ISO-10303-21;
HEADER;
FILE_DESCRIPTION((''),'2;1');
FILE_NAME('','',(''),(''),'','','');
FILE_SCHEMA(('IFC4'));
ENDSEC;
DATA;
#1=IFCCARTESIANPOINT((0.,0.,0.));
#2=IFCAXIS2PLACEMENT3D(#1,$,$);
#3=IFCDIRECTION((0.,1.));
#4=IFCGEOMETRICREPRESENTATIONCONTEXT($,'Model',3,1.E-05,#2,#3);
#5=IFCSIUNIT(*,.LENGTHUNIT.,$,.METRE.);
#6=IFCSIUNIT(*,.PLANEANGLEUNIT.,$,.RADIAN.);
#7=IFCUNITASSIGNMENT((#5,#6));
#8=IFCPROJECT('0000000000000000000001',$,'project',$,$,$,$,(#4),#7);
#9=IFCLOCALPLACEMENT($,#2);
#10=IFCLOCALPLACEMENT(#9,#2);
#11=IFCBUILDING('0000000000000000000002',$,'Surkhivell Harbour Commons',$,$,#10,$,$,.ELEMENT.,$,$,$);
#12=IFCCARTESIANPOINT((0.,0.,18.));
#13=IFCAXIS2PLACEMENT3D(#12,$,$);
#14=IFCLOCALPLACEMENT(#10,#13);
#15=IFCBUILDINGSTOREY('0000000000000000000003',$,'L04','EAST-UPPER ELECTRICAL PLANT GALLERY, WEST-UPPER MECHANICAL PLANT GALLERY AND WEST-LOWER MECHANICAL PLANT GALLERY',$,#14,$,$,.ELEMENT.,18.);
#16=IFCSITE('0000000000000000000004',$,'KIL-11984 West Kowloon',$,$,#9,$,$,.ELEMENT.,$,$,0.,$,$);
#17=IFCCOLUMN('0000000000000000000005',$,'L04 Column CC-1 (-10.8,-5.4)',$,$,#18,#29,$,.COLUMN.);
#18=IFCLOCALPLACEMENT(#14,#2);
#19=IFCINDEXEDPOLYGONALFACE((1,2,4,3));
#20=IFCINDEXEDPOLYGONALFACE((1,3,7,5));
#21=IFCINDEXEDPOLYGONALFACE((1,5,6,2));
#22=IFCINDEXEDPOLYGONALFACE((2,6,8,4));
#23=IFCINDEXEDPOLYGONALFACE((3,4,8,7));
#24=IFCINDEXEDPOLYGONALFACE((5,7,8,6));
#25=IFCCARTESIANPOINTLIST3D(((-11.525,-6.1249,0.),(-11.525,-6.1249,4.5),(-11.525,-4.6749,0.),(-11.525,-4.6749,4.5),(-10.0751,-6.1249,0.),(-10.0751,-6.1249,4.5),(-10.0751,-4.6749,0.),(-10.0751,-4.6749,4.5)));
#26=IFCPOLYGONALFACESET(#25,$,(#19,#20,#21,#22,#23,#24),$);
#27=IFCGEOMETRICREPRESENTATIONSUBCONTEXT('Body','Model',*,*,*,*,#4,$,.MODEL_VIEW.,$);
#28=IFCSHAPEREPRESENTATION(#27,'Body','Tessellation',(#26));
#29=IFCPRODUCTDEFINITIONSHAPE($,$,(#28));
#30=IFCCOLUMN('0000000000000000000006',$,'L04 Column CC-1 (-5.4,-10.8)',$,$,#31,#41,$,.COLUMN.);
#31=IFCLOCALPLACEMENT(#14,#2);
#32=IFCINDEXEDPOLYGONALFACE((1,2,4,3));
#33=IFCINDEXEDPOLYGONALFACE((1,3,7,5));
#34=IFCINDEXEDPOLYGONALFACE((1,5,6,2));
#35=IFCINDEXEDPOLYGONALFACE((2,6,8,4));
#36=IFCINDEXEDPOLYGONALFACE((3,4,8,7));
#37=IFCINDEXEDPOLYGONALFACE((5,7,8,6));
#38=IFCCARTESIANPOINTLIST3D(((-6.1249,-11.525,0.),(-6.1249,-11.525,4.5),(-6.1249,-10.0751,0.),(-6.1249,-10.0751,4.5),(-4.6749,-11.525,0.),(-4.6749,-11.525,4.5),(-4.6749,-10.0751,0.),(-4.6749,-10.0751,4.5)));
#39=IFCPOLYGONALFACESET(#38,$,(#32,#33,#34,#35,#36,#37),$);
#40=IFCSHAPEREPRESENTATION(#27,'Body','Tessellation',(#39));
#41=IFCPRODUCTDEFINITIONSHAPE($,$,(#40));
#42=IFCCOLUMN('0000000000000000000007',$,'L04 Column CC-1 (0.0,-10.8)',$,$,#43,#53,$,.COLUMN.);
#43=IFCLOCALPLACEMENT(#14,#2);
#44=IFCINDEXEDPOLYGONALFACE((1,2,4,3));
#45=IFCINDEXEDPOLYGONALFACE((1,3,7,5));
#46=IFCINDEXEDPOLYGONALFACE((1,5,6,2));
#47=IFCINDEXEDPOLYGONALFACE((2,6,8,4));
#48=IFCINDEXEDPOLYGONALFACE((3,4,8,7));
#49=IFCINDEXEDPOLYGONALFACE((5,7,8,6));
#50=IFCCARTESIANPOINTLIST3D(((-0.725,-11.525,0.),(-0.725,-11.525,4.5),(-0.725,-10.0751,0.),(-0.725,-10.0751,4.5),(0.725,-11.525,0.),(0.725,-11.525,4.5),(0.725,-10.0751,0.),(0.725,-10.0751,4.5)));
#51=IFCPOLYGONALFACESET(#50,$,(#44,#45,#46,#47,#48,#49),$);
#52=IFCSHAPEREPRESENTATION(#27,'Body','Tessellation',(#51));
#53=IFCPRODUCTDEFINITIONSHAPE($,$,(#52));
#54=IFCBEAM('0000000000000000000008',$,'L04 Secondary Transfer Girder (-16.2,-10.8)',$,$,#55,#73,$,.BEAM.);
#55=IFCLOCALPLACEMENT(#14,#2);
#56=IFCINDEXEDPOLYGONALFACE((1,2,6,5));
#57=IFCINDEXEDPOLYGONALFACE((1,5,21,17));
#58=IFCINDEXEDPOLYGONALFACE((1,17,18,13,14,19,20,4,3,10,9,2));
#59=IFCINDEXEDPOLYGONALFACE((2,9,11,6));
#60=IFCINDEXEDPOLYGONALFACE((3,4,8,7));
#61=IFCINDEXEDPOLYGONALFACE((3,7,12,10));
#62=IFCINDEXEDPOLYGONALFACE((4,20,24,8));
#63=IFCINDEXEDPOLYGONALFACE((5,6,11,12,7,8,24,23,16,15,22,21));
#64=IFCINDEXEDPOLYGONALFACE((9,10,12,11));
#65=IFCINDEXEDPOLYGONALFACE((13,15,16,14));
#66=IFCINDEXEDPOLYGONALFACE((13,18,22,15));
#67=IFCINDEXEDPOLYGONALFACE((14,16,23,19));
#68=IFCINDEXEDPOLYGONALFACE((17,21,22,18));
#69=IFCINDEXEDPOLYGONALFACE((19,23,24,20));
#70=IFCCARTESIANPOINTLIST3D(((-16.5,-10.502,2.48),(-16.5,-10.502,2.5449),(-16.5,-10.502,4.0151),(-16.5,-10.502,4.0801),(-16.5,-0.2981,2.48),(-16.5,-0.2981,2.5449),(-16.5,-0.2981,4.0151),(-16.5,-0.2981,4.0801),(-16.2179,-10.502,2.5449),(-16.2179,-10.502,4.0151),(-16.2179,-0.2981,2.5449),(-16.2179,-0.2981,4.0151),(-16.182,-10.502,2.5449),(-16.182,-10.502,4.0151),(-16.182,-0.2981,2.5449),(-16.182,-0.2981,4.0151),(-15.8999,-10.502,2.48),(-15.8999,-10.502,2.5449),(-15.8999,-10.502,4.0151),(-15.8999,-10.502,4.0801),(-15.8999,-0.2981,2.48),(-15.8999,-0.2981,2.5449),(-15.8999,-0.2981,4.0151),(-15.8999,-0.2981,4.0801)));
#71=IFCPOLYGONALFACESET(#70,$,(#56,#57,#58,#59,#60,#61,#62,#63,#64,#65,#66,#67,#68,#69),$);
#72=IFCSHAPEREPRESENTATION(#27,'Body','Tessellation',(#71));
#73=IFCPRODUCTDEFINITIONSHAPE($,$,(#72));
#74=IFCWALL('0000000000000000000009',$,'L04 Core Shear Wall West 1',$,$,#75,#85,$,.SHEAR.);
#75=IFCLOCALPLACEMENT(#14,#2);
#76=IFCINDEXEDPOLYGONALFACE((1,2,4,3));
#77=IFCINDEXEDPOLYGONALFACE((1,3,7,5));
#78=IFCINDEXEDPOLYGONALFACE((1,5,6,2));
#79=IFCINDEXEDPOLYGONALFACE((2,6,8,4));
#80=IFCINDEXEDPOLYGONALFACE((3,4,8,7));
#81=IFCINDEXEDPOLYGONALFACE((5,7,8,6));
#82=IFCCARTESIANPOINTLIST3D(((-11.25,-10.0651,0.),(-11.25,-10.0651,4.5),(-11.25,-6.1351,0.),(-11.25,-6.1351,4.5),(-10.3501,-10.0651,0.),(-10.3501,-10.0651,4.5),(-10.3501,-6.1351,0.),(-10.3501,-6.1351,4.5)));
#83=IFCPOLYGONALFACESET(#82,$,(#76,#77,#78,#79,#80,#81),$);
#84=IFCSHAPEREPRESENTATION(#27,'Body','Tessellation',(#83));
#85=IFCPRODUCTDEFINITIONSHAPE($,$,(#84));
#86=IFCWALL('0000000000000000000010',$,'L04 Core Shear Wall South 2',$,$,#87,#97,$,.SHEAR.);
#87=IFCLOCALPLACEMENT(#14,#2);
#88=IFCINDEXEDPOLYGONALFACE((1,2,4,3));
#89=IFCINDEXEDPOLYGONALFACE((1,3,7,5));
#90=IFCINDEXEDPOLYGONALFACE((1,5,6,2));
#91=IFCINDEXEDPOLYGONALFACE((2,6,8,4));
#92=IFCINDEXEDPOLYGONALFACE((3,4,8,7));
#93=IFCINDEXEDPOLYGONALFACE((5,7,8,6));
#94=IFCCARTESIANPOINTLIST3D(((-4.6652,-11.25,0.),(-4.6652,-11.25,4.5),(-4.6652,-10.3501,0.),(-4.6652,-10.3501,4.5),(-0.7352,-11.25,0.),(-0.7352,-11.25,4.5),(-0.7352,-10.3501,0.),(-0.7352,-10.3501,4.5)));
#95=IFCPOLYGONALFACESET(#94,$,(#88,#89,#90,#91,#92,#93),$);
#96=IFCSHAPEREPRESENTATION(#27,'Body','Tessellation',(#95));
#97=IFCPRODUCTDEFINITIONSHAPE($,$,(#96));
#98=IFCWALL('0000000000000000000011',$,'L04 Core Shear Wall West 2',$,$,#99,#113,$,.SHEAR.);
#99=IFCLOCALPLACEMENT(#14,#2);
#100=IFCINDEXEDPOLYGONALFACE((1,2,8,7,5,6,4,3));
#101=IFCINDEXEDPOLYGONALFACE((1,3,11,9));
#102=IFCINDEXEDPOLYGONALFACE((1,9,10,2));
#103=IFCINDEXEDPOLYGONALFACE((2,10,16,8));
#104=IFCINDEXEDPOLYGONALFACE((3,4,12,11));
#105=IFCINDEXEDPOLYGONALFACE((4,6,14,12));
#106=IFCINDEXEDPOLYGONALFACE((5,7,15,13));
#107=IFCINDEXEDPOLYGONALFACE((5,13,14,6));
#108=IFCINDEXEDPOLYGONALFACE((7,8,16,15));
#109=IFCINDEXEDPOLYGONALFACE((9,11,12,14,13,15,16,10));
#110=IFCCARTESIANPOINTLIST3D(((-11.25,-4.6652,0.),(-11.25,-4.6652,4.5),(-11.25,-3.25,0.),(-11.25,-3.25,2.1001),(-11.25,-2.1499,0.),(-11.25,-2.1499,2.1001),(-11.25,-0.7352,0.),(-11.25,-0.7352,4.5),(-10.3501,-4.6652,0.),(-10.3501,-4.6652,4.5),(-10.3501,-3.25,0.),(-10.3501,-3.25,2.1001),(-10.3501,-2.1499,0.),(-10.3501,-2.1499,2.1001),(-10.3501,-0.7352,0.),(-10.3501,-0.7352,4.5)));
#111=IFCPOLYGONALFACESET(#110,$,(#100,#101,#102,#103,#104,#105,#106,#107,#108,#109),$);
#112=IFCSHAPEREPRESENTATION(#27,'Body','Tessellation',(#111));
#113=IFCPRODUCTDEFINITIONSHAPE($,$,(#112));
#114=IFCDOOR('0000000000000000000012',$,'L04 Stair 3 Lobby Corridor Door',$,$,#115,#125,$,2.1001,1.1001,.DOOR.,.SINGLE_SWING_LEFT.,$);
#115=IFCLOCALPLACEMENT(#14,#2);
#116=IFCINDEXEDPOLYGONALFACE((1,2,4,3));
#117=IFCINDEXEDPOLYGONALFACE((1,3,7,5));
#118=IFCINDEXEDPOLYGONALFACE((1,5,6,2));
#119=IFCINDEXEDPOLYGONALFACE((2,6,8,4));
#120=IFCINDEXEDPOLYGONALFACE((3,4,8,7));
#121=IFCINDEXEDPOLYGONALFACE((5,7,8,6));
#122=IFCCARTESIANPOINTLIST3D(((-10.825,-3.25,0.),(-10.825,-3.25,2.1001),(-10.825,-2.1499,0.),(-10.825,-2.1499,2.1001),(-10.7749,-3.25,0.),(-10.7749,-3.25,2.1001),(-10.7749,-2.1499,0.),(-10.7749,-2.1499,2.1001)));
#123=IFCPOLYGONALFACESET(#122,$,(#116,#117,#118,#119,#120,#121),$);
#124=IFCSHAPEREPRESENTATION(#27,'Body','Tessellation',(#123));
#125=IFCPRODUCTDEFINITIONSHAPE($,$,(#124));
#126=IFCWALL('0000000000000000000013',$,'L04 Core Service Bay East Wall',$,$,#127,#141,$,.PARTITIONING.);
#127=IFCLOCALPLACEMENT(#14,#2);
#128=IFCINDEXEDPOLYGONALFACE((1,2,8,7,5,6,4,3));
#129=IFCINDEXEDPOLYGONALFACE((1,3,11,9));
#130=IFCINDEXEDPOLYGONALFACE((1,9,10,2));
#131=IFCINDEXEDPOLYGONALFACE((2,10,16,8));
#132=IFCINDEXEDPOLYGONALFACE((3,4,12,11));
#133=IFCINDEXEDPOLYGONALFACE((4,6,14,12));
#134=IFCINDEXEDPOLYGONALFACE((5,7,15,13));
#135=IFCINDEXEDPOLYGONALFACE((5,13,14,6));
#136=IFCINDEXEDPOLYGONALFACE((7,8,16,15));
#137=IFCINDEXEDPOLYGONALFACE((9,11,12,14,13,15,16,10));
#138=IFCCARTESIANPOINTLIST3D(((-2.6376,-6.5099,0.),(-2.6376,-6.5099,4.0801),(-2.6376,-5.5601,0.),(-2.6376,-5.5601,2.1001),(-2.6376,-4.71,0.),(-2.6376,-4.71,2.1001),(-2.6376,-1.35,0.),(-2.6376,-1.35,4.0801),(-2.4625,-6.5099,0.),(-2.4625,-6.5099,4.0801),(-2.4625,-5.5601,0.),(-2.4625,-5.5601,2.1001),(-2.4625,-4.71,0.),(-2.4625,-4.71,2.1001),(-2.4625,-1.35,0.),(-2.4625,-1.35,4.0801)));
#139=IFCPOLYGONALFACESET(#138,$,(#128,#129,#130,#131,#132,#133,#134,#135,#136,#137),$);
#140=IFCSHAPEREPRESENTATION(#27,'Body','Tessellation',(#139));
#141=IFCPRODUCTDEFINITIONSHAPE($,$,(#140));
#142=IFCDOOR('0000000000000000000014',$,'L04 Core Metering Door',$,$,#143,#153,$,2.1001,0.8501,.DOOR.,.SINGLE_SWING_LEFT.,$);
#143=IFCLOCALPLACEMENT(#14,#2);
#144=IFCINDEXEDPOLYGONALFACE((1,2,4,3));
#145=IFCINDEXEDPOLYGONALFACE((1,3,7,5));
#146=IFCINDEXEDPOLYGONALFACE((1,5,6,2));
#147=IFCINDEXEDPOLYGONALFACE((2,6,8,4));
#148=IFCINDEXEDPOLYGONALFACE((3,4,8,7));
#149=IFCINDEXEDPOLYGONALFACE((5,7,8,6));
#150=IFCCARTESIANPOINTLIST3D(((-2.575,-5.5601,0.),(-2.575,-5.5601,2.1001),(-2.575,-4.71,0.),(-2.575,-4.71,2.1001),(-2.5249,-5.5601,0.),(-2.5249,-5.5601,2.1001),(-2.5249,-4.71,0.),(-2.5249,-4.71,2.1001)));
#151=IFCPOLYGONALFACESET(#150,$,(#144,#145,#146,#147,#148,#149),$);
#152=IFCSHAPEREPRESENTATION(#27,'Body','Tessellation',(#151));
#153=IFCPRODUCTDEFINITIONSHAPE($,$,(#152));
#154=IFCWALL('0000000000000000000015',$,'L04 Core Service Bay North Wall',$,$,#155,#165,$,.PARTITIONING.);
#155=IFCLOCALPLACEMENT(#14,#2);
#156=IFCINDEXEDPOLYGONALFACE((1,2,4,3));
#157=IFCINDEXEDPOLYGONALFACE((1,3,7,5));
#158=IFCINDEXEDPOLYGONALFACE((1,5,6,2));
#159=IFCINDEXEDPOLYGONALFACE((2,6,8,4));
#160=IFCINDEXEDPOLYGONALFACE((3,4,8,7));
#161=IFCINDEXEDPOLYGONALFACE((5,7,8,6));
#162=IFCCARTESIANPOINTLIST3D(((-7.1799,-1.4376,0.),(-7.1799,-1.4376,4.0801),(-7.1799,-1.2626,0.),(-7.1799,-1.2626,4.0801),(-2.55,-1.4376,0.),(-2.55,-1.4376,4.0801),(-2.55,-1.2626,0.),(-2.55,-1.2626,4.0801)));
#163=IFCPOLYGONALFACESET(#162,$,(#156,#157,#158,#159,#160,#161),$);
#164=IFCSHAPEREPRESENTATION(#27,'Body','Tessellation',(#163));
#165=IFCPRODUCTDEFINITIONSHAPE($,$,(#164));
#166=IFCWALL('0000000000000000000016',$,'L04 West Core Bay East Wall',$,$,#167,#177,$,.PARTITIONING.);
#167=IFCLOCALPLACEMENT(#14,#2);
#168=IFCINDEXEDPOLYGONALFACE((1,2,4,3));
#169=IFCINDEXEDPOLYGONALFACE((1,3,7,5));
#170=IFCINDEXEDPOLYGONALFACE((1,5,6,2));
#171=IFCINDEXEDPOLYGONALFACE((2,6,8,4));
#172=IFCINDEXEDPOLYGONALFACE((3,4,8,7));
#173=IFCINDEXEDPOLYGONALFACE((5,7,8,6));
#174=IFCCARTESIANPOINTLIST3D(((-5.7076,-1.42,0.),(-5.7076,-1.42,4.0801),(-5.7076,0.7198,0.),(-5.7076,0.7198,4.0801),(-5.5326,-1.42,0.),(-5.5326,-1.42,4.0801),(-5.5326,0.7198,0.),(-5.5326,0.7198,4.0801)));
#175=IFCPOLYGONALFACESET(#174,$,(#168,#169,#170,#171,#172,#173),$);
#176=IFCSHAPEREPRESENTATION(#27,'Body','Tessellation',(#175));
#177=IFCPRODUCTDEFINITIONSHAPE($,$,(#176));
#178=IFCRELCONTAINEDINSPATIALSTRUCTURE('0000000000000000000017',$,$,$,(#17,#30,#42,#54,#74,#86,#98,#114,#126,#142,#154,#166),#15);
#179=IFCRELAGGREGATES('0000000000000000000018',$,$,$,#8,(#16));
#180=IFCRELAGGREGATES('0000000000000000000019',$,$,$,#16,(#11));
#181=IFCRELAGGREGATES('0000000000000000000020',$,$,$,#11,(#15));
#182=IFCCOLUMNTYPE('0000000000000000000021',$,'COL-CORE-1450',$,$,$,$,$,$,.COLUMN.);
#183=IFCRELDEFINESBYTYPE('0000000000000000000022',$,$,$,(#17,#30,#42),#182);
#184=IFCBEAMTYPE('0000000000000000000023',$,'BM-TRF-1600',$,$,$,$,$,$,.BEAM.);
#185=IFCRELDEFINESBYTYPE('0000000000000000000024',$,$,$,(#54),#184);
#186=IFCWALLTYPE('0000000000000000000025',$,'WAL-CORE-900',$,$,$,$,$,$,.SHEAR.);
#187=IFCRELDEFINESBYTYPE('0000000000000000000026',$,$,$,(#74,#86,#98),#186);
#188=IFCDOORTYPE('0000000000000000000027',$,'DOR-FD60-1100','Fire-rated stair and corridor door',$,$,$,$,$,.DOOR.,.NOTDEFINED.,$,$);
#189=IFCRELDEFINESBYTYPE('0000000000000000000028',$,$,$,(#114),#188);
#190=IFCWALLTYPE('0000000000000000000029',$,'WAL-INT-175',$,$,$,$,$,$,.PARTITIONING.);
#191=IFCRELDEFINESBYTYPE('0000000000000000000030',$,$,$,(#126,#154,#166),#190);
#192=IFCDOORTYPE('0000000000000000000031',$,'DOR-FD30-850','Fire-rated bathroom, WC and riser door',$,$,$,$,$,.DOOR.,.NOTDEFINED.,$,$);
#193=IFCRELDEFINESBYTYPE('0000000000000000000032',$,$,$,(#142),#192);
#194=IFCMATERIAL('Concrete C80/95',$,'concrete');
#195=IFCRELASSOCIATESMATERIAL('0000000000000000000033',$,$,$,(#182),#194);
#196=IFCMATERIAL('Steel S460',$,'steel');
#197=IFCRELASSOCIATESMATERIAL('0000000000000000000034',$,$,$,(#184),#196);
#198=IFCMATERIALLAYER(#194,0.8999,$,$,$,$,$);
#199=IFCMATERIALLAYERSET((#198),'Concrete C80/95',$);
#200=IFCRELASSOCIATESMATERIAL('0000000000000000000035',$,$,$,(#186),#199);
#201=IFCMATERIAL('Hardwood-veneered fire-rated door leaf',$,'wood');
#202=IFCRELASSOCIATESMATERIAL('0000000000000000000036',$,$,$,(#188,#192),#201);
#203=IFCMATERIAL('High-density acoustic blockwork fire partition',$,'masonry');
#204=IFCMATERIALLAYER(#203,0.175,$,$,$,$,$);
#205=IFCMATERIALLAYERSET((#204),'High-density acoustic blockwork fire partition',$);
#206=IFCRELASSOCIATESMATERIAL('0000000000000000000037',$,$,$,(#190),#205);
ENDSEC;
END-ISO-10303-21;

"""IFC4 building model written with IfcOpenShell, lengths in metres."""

from ifc_helpers import new_model, si_unit, direction, frame, frame_2d, origin, origin_2d, place, context, subcontext, project, spatial, rectangle, i_section, extrude, material, layer, layer_set, material_profile, profile_set, type_object, element, fill, save


model = new_model("IFC4")

# Units and contexts
model_context = context("Model", 3, precision=1e-05, world=origin(), true_north=direction((0.0, 1.0)))
body_context = subcontext(model_context, "Body", "Model", "MODEL_VIEW")
ifc_project = project(units=[si_unit("LENGTHUNIT", "METRE"), si_unit("PLANEANGLEUNIT", "RADIAN")], contexts=[model_context])

# Site, building, storey
site_placement = place(None, origin())
site = spatial("IfcSite", under=ifc_project, at=site_placement, Name="KIL-11984 West Kowloon", CompositionType="ELEMENT", RefElevation=0.0)
building_placement = place(site_placement, origin())
building = spatial("IfcBuilding", under=site, at=building_placement, Name="Surkhivell Harbour Commons", CompositionType="ELEMENT")
storey_placement = place(building_placement, frame((0.0, 0.0, 18.0)))
storey = spatial("IfcBuildingStorey", under=building, at=storey_placement, Name="L04", Description="EAST-UPPER ELECTRICAL PLANT GALLERY, WEST-UPPER MECHANICAL PLANT GALLERY AND WEST-LOWER MECHANICAL PLANT GALLERY", CompositionType="ELEMENT", Elevation=18.0)

# Columns
ifc_material_1 = material(Name="Concrete C80/95", Category="concrete")
ifc_material_profile_1 = material_profile(ifc_material_1, rectangle(XDim=1.45, YDim=1.45, at=origin_2d()), Name="RC-COL-1450x1450")
ifc_profile_set_1 = profile_set([ifc_material_profile_1], Name="Concrete C80/95")
column_type = type_object("IfcColumnType", Name="COL-CORE-1450", PredefinedType="COLUMN", material=ifc_profile_set_1)
for number, where, z_axis, x_axis, name in (
    (1, (-10.8, -5.3999, 0.0), (0.0, 0.0, 1.0), (1.0, 0.0, 0.0), "L04 Column CC-1 (-10.8,-5.4)"),
    (2, (-5.3999, -10.8, 0.0), (0.0, 0.0, 1.0), (1.0, 0.0, 0.0), "L04 Column CC-1 (-5.4,-10.8)"),
    (3, (0.0, -10.8, 0.0), (0.0, 0.0, 1.0), (1.0, 0.0, 0.0), "L04 Column CC-1 (0.0,-10.8)"),
):
    element("IfcColumn", number, at=place(storey_placement, frame(where, z_axis=z_axis, x_axis=x_axis)), inside=storey, type_object=column_type, Name=name, PredefinedType="COLUMN", context=body_context, shape_type="SweptSolid", body=[
        extrude(rectangle(XDim=1.45, YDim=1.45, at=origin_2d()), origin(), (0.0, 0.0, 1.0), 4.5),
    ])

# Beam
ifc_material_2 = material(Name="Steel S460", Category="steel")
ifc_material_profile_2 = material_profile(ifc_material_2, i_section(OverallWidth=0.6001, OverallDepth=1.6001, WebThickness=0.0359, FlangeThickness=0.0649, at=origin_2d()), Name="WPG1600x600x296")
ifc_profile_set_2 = profile_set([ifc_material_profile_2], Name="Steel S460")
beam_type = type_object("IfcBeamType", Name="BM-TRF-1600", PredefinedType="BEAM", material=ifc_profile_set_2)
beam_placement = place(storey_placement, frame((-16.2, -10.502, 3.28), z_axis=(0.0, 1.0, 0.0), x_axis=(-1.0, 0.0, 0.0)))
element("IfcBeam", 4, at=beam_placement, inside=storey, type_object=beam_type, Name="L04 Secondary Transfer Girder (-16.2,-10.8)", PredefinedType="BEAM", context=body_context, shape_type="SweptSolid", body=[
    extrude(i_section(OverallWidth=0.6001, OverallDepth=1.6001, WebThickness=0.0359, FlangeThickness=0.0649, at=origin_2d()), origin(), (0.0, 0.0, 1.0), 10.2039),
])

# Walls
ifc_layer_1 = layer(ifc_material_1, 0.8999)
ifc_layer_set_1 = layer_set([ifc_layer_1], Name="Concrete C80/95")
wall_type_1 = type_object("IfcWallType", Name="WAL-CORE-900", PredefinedType="SHEAR", material=ifc_layer_set_1)
for number, where, z_axis, x_axis, name in (
    (5, (-10.8, -10.0649, 0.0), (0.0, 0.0, 1.0), (0.0, 1.0, 0.0), "L04 Core Shear Wall West 1"),
    (6, (-4.665, -10.8, 0.0), (0.0, 0.0, 1.0), (1.0, 0.0, 0.0), "L04 Core Shear Wall South 2"),
):
    element("IfcWall", number, at=place(storey_placement, frame(where, z_axis=z_axis, x_axis=x_axis)), inside=storey, type_object=wall_type_1, Name=name, PredefinedType="SHEAR", context=body_context, shape_type="SweptSolid", body=[
        extrude(rectangle(XDim=3.9299, YDim=0.8999, at=frame_2d((1.9648, 0.0))), origin(), (0.0, 0.0, 1.0), 4.5),
    ])

# Walls, openings, doors
wall_1_placement = place(storey_placement, frame((-10.8, -4.665, 0.0), z_axis=(0.0, 0.0, 1.0), x_axis=(0.0, 1.0, 0.0)))
wall_1 = element("IfcWall", 7, at=wall_1_placement, inside=storey, type_object=wall_type_1, Name="L04 Core Shear Wall West 2", PredefinedType="SHEAR", context=body_context, shape_type="SweptSolid", body=[
    extrude(rectangle(XDim=3.9299, YDim=0.8999, at=frame_2d((1.9648, 0.0))), origin(), (0.0, 0.0, 1.0), 4.5),
])
opening_1_placement = place(wall_1_placement, frame((1.415, 0.0, 0.0)))
opening_1 = element("IfcOpeningElement", 8, at=opening_1_placement, cuts=wall_1, PredefinedType="OPENING", context=body_context, shape_type="SweptSolid", body=[
    extrude(rectangle(XDim=1.1001, YDim=2.1001, at=frame_2d((0.55, 1.05))), frame((0.0, 0.46, 0.0), z_axis=(0.0, -1.0, 0.0), x_axis=(1.0, 0.0, 0.0)), (0.0, 0.0, 1.0), 0.9199),
])
ifc_material_3 = material(Name="Hardwood-veneered fire-rated door leaf", Category="wood")
door_type_1 = type_object("IfcDoorType", Name="DOR-FD60-1100", Description="Fire-rated stair and corridor door", OperationType="NOTDEFINED", PredefinedType="DOOR", material=ifc_material_3)
door_1_placement = place(opening_1_placement, origin())
door_1 = element("IfcDoor", 9, at=door_1_placement, inside=storey, type_object=door_type_1, Name="L04 Stair 3 Lobby Corridor Door", OperationType="SINGLE_SWING_LEFT", OverallHeight=2.1001, OverallWidth=1.1001, PredefinedType="DOOR", context=body_context, shape_type="SweptSolid", body=[
    extrude(rectangle(XDim=1.1001, YDim=2.1001, at=frame_2d((0.55, 1.05))), frame((0.0, 0.0249, 0.0), z_axis=(0.0, -1.0, 0.0), x_axis=(1.0, 0.0, 0.0)), (0.0, 0.0, 1.0), 0.05),
])
fill(opening_1, door_1)
ifc_material_4 = material(Name="High-density acoustic blockwork fire partition", Category="masonry")
ifc_layer_2 = layer(ifc_material_4, 0.175)
ifc_layer_set_2 = layer_set([ifc_layer_2], Name="High-density acoustic blockwork fire partition")
wall_type_2 = type_object("IfcWallType", Name="WAL-INT-175", PredefinedType="PARTITIONING", material=ifc_layer_set_2)
wall_2_placement = place(storey_placement, frame((-2.55, -6.51, 0.0), z_axis=(0.0, 0.0, 1.0), x_axis=(0.0, 1.0, 0.0)))
wall_2 = element("IfcWall", 10, at=wall_2_placement, inside=storey, type_object=wall_type_2, Name="L04 Core Service Bay East Wall", PredefinedType="PARTITIONING", context=body_context, shape_type="SweptSolid", body=[
    extrude(rectangle(XDim=5.1599, YDim=0.175, at=frame_2d((2.5801, 0.0))), origin(), (0.0, 0.0, 1.0), 4.0801),
])
opening_2_placement = place(wall_2_placement, frame((0.95, 0.0, 0.0)))
opening_2 = element("IfcOpeningElement", 11, at=opening_2_placement, cuts=wall_2, PredefinedType="OPENING", context=body_context, shape_type="SweptSolid", body=[
    extrude(rectangle(XDim=0.8501, YDim=2.1001, at=frame_2d((0.425, 1.05))), frame((0.0, 0.0974, 0.0), z_axis=(0.0, -1.0, 0.0), x_axis=(1.0, 0.0, 0.0)), (0.0, 0.0, 1.0), 0.1951),
])
door_type_2 = type_object("IfcDoorType", Name="DOR-FD30-850", Description="Fire-rated bathroom, WC and riser door", OperationType="NOTDEFINED", PredefinedType="DOOR", material=ifc_material_3)
door_2_placement = place(opening_2_placement, origin())
door_2 = element("IfcDoor", 12, at=door_2_placement, inside=storey, type_object=door_type_2, Name="L04 Core Metering Door", OperationType="SINGLE_SWING_LEFT", OverallHeight=2.1001, OverallWidth=0.8501, PredefinedType="DOOR", context=body_context, shape_type="SweptSolid", body=[
    extrude(rectangle(XDim=0.8501, YDim=2.1001, at=frame_2d((0.425, 1.05))), frame((0.0, 0.0249, 0.0), z_axis=(0.0, -1.0, 0.0), x_axis=(1.0, 0.0, 0.0)), (0.0, 0.0, 1.0), 0.05),
])
fill(opening_2, door_2)

# Walls
wall_3_placement = place(storey_placement, frame((-7.1799, -1.3501, 0.0), z_axis=(0.0, 0.0, 1.0), x_axis=(1.0, 0.0, 0.0)))
element("IfcWall", 13, at=wall_3_placement, inside=storey, type_object=wall_type_2, Name="L04 Core Service Bay North Wall", PredefinedType="PARTITIONING", context=body_context, shape_type="SweptSolid", body=[
    extrude(rectangle(XDim=4.6299, YDim=0.175, at=frame_2d((2.3149, 0.0))), origin(), (0.0, 0.0, 1.0), 4.0801),
])
wall_4_placement = place(storey_placement, frame((-5.6201, -1.4199, 0.0), z_axis=(0.0, 0.0, 1.0), x_axis=(0.0, 1.0, 0.0)))
element("IfcWall", 14, at=wall_4_placement, inside=storey, type_object=wall_type_2, Name="L04 West Core Bay East Wall", PredefinedType="PARTITIONING", context=body_context, shape_type="SweptSolid", body=[
    extrude(rectangle(XDim=2.1399, YDim=0.175, at=frame_2d((1.0698, 0.0))), origin(), (0.0, 0.0, 1.0), 4.0801),
])

save(model, "model.ifc")
